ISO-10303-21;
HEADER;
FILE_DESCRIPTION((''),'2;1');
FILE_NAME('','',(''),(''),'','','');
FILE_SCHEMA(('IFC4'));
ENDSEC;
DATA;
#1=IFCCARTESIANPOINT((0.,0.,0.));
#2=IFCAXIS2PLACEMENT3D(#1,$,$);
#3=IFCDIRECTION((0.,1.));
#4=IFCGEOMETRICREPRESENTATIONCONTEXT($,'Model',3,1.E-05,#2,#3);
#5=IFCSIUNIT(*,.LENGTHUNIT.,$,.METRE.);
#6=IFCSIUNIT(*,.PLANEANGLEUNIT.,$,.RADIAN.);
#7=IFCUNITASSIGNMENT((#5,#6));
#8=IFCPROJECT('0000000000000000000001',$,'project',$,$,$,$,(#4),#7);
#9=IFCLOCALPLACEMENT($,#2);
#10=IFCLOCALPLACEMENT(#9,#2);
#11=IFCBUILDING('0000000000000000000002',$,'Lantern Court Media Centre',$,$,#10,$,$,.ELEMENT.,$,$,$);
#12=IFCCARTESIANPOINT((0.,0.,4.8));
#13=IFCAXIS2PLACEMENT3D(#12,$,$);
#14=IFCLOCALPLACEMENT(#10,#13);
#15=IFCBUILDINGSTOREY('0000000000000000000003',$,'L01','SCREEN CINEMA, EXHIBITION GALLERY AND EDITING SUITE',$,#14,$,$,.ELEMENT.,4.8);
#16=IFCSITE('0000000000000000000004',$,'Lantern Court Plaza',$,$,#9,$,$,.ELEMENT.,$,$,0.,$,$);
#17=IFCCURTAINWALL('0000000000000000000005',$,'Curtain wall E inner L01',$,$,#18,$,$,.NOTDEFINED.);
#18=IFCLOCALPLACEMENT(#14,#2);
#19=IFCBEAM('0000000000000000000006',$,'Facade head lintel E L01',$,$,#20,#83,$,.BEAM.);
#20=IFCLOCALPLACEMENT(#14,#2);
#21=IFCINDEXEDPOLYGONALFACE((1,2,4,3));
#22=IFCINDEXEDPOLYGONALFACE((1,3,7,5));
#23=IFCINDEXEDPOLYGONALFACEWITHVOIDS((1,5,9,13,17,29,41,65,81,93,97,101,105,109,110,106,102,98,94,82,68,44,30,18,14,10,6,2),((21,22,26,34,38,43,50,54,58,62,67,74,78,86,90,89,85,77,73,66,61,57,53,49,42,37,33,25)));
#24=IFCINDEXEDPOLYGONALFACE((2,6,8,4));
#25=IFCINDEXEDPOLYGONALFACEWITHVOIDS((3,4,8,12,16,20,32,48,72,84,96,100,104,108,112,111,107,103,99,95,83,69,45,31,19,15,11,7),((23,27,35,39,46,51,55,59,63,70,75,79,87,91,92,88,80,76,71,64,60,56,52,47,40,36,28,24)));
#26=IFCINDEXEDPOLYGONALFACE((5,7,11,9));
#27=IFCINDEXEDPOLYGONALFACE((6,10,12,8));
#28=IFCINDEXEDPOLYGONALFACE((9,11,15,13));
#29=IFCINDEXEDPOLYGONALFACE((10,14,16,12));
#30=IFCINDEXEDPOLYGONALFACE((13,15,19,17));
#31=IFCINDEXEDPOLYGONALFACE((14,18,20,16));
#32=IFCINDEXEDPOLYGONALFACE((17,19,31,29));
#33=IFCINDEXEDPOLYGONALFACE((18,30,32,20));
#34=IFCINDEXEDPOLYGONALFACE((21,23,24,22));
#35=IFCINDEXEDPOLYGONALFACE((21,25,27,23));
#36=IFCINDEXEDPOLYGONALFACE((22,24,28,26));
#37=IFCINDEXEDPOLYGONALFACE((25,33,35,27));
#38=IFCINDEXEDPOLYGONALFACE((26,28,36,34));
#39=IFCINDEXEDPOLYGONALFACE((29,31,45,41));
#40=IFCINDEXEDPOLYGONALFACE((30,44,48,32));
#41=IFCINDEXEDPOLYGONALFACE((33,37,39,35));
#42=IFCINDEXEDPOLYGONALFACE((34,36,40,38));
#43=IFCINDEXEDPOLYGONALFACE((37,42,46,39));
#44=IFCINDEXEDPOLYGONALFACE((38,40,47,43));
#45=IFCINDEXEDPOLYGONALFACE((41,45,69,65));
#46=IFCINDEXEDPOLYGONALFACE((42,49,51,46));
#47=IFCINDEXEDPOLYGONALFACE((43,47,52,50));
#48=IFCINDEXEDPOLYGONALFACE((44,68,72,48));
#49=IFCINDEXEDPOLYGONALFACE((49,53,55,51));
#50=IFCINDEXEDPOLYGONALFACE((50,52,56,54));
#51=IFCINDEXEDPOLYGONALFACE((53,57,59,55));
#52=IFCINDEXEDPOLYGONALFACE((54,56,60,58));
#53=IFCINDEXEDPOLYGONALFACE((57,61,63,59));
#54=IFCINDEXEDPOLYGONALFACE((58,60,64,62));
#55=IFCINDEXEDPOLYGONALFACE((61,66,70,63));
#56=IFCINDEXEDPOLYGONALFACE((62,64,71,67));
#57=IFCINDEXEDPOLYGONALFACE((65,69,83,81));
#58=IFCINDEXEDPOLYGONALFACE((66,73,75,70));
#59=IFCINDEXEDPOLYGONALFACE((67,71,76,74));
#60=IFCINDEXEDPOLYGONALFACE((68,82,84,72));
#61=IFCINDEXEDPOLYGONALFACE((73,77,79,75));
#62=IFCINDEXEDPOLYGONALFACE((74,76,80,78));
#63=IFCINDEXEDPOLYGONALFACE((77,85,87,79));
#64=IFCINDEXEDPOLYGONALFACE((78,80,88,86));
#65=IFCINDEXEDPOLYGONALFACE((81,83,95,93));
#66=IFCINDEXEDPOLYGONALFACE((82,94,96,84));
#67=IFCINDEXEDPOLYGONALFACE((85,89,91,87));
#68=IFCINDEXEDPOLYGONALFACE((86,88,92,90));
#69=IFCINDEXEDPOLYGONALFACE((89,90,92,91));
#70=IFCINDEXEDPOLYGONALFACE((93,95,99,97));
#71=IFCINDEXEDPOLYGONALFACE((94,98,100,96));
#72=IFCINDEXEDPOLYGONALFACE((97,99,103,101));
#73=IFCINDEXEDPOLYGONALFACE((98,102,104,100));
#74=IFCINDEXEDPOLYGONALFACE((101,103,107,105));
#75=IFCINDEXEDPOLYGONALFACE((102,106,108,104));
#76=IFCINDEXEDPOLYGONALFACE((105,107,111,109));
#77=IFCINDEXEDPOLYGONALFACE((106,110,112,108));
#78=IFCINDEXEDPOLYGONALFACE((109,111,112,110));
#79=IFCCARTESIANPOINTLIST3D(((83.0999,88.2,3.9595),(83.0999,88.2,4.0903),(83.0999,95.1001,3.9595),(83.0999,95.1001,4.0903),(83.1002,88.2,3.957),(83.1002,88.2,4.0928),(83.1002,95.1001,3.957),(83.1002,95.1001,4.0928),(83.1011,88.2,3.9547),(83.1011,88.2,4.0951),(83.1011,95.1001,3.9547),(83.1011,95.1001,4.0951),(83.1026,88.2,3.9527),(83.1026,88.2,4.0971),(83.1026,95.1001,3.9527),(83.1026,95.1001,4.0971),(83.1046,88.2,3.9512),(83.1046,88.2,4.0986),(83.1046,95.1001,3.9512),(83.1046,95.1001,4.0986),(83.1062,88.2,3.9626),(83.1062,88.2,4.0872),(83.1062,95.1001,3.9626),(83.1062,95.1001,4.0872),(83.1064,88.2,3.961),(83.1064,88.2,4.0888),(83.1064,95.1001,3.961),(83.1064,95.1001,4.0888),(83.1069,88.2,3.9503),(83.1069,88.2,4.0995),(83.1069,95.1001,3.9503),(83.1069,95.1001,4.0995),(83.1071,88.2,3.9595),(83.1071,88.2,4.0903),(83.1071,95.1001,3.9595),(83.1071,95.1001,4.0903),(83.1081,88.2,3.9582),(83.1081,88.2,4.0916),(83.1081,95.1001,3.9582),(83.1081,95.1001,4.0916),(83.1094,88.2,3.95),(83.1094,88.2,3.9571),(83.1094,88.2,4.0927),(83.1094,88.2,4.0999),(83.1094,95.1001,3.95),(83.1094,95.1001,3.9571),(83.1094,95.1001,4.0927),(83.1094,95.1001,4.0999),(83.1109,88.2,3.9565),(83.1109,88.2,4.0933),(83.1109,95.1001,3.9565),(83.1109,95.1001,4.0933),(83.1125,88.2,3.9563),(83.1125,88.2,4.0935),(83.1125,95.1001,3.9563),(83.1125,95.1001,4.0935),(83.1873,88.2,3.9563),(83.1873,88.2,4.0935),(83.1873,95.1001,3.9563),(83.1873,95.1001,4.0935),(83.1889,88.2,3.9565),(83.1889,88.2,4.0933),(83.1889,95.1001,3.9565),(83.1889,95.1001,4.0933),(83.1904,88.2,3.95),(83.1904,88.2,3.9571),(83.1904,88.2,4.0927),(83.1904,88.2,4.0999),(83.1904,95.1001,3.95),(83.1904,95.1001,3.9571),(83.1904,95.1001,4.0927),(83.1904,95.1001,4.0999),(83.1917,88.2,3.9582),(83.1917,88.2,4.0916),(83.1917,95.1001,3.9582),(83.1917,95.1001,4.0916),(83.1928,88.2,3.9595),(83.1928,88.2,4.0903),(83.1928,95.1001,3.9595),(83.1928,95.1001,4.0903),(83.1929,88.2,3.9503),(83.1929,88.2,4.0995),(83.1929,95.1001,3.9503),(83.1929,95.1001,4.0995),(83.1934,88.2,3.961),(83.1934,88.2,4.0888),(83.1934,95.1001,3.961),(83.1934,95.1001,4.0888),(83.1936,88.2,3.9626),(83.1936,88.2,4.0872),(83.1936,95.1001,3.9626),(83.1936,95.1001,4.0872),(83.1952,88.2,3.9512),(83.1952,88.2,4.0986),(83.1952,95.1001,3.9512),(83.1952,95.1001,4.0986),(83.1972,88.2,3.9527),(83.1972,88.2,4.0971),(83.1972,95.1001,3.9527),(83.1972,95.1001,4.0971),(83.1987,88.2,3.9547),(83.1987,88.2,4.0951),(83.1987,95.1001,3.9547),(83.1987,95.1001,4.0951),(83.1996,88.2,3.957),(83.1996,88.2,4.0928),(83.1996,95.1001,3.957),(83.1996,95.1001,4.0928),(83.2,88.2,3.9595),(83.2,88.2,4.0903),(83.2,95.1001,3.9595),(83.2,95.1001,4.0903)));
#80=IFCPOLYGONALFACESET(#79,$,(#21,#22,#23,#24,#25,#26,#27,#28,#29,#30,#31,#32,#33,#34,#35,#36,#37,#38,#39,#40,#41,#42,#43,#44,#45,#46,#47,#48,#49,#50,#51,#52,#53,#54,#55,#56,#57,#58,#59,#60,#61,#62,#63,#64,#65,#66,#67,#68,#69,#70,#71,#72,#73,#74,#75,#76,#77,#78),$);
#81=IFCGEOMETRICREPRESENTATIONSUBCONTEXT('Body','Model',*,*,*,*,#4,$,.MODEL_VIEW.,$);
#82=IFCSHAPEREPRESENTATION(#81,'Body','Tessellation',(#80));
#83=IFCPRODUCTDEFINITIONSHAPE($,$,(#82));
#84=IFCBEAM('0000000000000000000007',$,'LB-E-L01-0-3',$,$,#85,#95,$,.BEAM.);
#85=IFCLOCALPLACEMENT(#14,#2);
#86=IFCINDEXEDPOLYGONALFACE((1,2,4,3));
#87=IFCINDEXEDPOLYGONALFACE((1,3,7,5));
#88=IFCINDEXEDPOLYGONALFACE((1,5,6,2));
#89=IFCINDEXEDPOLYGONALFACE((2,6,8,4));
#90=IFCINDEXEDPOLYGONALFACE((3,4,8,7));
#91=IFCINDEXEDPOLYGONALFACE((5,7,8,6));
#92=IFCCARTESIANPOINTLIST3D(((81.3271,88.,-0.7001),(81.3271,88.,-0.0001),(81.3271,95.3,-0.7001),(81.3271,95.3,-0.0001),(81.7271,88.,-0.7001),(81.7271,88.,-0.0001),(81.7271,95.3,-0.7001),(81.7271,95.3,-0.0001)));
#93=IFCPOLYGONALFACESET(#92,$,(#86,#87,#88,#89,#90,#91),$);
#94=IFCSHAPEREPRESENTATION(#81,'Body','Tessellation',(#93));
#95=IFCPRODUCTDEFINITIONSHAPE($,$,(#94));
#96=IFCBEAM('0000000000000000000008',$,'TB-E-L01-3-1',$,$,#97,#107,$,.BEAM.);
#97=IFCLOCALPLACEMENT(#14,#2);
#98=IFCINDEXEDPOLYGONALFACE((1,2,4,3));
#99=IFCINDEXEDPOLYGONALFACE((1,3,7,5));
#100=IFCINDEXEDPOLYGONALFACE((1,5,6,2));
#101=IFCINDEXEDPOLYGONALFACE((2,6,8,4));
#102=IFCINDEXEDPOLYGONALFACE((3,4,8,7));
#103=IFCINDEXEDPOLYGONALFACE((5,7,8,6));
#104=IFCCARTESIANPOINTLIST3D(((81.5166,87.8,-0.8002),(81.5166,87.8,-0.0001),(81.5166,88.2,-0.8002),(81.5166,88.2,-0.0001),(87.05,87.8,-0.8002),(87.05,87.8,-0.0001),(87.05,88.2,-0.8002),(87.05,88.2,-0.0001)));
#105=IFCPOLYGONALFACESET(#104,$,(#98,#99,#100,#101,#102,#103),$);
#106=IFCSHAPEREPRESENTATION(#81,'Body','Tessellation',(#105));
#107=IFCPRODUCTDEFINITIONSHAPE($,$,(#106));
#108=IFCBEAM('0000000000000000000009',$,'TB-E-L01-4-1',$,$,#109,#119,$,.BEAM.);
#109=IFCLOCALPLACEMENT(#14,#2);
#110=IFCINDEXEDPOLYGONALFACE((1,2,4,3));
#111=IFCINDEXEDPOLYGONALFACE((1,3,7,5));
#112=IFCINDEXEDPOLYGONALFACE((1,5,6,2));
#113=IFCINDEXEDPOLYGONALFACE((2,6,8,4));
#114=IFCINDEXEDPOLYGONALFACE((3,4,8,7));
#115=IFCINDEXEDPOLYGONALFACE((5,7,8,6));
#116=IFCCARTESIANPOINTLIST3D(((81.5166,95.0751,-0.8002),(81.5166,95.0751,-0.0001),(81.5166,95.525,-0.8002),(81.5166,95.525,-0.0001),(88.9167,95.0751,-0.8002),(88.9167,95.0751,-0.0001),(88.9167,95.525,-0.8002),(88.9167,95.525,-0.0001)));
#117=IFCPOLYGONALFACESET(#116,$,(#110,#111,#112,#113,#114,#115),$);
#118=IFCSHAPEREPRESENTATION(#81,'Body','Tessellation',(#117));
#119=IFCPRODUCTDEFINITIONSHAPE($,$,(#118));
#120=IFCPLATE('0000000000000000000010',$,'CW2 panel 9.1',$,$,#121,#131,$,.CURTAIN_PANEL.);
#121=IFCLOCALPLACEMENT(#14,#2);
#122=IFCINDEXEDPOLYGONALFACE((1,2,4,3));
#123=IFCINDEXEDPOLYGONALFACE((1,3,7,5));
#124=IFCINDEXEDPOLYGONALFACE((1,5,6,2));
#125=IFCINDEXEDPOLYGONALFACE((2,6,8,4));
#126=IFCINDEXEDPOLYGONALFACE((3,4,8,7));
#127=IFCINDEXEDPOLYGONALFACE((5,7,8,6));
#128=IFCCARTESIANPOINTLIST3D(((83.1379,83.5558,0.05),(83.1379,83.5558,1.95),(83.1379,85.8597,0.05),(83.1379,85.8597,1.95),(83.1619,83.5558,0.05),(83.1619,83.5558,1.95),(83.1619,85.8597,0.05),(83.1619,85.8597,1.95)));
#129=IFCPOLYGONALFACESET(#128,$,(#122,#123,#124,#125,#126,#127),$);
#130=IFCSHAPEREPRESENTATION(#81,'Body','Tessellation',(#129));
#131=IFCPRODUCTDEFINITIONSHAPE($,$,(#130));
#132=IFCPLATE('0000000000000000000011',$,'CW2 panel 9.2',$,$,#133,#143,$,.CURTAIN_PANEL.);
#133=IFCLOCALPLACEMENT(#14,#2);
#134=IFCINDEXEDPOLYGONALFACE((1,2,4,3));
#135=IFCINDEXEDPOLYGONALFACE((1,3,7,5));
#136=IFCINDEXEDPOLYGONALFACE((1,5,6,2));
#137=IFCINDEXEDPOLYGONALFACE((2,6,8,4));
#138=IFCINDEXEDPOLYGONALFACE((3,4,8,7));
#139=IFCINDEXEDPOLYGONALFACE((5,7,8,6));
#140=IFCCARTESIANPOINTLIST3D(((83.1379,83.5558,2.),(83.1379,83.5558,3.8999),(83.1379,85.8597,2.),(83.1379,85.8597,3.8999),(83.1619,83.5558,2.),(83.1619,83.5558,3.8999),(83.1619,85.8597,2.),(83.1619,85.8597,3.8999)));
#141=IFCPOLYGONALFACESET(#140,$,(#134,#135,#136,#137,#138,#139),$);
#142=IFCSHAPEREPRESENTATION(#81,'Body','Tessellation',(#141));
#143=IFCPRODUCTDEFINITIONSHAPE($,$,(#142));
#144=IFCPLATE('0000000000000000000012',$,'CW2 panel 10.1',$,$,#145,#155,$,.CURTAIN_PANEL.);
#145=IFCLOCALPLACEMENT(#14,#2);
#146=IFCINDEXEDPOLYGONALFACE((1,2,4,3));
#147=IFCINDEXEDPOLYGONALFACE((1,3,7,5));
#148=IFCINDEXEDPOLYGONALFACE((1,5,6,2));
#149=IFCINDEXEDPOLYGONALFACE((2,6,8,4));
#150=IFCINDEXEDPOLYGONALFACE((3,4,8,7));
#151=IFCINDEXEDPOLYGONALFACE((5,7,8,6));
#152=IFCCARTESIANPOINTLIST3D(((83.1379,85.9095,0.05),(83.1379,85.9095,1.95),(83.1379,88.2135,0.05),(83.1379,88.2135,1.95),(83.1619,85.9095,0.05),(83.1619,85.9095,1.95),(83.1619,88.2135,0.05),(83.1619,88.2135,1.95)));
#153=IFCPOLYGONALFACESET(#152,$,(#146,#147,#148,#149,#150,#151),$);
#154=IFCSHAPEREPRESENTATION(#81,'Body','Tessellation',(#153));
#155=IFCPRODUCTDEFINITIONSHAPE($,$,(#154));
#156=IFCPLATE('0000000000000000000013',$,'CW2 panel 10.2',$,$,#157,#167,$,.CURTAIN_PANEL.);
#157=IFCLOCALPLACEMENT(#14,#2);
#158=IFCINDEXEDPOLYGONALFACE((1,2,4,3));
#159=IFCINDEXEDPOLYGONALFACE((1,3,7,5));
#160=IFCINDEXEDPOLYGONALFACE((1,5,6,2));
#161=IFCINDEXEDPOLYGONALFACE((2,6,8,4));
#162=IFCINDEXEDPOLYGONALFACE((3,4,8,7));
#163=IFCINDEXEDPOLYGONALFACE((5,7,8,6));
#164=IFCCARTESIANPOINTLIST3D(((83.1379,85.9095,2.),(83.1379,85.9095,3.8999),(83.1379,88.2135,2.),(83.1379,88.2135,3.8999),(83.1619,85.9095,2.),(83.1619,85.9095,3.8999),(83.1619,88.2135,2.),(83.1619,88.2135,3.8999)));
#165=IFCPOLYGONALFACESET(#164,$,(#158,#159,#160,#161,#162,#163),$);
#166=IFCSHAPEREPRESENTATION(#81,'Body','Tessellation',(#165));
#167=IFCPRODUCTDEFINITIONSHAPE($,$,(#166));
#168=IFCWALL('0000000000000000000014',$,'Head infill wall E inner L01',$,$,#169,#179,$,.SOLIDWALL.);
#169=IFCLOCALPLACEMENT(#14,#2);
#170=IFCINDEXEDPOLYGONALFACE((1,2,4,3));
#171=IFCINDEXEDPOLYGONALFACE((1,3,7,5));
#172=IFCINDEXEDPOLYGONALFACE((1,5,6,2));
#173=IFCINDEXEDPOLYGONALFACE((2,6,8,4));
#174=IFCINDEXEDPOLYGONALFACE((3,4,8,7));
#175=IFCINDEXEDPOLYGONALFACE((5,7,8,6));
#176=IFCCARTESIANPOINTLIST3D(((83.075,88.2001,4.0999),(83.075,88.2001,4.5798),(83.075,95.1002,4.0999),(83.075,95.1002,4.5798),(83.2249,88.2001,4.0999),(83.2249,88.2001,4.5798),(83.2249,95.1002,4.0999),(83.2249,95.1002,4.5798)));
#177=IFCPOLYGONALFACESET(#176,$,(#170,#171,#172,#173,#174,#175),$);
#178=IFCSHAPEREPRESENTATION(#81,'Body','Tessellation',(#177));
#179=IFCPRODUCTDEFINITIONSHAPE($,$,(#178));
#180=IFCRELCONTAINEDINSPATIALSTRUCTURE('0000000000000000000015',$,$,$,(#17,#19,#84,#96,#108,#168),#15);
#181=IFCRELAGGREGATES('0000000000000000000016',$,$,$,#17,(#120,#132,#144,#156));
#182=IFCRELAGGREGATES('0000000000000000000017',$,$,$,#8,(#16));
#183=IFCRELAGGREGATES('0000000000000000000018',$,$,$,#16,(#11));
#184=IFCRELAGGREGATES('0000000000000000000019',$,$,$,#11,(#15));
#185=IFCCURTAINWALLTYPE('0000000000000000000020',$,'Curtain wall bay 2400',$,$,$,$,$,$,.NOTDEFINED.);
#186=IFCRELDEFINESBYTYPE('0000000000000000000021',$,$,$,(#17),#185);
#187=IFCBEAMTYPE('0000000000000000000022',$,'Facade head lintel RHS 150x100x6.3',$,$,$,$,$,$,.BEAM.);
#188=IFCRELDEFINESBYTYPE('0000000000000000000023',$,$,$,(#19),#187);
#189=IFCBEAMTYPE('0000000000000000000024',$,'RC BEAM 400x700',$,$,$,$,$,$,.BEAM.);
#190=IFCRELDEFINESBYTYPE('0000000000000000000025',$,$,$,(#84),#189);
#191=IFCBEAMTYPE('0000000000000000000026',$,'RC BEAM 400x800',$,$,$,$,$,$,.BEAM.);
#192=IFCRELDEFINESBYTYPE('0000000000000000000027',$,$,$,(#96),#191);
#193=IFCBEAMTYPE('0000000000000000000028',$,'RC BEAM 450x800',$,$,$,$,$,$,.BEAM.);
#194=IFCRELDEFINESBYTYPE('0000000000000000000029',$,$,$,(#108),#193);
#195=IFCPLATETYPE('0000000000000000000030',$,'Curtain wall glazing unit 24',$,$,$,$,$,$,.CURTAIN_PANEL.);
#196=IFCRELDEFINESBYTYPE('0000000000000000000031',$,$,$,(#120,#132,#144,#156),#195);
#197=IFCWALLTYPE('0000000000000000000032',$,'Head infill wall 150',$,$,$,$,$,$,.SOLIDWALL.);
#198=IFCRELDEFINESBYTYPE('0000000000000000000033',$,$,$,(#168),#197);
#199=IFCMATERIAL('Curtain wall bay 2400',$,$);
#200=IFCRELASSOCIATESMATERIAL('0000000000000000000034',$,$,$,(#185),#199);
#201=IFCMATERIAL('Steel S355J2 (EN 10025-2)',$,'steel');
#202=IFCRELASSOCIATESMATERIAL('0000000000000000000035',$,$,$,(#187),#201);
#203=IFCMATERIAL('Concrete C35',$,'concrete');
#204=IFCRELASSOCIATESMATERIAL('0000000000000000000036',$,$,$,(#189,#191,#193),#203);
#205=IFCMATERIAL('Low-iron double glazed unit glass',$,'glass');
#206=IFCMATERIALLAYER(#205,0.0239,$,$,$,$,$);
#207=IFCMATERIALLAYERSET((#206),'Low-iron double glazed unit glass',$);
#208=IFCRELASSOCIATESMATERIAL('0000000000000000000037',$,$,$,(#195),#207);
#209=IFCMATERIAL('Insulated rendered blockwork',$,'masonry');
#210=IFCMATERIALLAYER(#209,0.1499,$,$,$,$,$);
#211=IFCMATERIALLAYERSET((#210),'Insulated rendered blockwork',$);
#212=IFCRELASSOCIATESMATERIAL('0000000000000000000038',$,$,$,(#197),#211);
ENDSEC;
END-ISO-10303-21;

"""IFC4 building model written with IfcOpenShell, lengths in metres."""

from ifc_helpers import new_model, si_unit, direction, frame, frame_2d, origin, origin_2d, place, context, subcontext, project, spatial, rectangle, hollow_rectangle, extrude, material, layer, layer_set, material_profile, profile_set, type_object, element, aggregate, save


model = new_model("IFC4")

# Units and contexts
model_context = context("Model", 3, precision=1e-05, world=origin(), true_north=direction((0.0, 1.0)))
body_context = subcontext(model_context, "Body", "Model", "MODEL_VIEW")
ifc_project = project(units=[si_unit("LENGTHUNIT", "METRE"), si_unit("PLANEANGLEUNIT", "RADIAN")], contexts=[model_context])

# Site, building, storey
site_placement = place(None, origin())
site = spatial("IfcSite", under=ifc_project, at=site_placement, Name="Lantern Court Plaza", CompositionType="ELEMENT", RefElevation=0.0)
building_placement = place(site_placement, origin())
building = spatial("IfcBuilding", under=site, at=building_placement, Name="Lantern Court Media Centre", CompositionType="ELEMENT")
storey_placement = place(building_placement, frame((0.0, 0.0, 4.8)))
storey = spatial("IfcBuildingStorey", under=building, at=storey_placement, Name="L01", Description="SCREEN CINEMA, EXHIBITION GALLERY AND EDITING SUITE", CompositionType="ELEMENT", Elevation=4.8)

# Shared definitions
ifc_material_1 = material(Name="Concrete C35", Category="concrete")

# Curtain wall
ifc_material_2 = material(Name="Curtain wall bay 2400")
curtain_wall_type = type_object("IfcCurtainWallType", Name="Curtain wall bay 2400", PredefinedType="NOTDEFINED", material=ifc_material_2)
curtain_wall_placement = place(storey_placement, origin())
curtain_wall = element("IfcCurtainWall", 1, at=curtain_wall_placement, inside=storey, type_object=curtain_wall_type, Name="Curtain wall E inner L01", PredefinedType="NOTDEFINED")

# Beams
ifc_material_3 = material(Name="Steel S355J2 (EN 10025-2)", Category="steel")
ifc_material_profile_1 = material_profile(ifc_material_3, hollow_rectangle(XDim=0.1001, YDim=0.1499, WallThickness=0.0063, InnerFilletRadius=0.0063, OuterFilletRadius=0.0095, at=origin_2d()), Name="Facade head lintel RHS 150x100x6.3")
ifc_profile_set_1 = profile_set([ifc_material_profile_1], Name="Steel S355J2 (EN 10025-2)")
beam_type_1 = type_object("IfcBeamType", Name="Facade head lintel RHS 150x100x6.3", PredefinedType="BEAM", material=ifc_profile_set_1)
beam_1_placement = place(storey_placement, frame((83.1499, 88.2, 4.0249), z_axis=(0.0, 1.0, 0.0), x_axis=(-1.0, 0.0, 0.0)))
element("IfcBeam", 2, at=beam_1_placement, inside=storey, type_object=beam_type_1, Name="Facade head lintel E L01", PredefinedType="BEAM", context=body_context, shape_type="SweptSolid", body=[
    extrude(hollow_rectangle(XDim=0.1001, YDim=0.1499, WallThickness=0.0063, InnerFilletRadius=0.0063, OuterFilletRadius=0.0095, at=origin_2d()), origin(), (0.0, 0.0, 1.0), 6.9001),
])
ifc_material_profile_2 = material_profile(ifc_material_1, rectangle(XDim=0.3999, YDim=0.7, at=origin_2d()), Name="RC 400x700")
ifc_profile_set_2 = profile_set([ifc_material_profile_2], Name="Concrete C35")
beam_type_2 = type_object("IfcBeamType", Name="RC BEAM 400x700", PredefinedType="BEAM", material=ifc_profile_set_2)
beam_2_placement = place(storey_placement, frame((81.5271, 88.0, -0.3501), z_axis=(0.0, 1.0, 0.0), x_axis=(-1.0, 0.0, 0.0)))
element("IfcBeam", 3, at=beam_2_placement, inside=storey, type_object=beam_type_2, Name="LB-E-L01-0-3", PredefinedType="BEAM", context=body_context, shape_type="SweptSolid", body=[
    extrude(rectangle(XDim=0.3999, YDim=0.7, at=origin_2d()), origin(), (0.0, 0.0, 1.0), 7.3),
])
ifc_material_profile_3 = material_profile(ifc_material_1, rectangle(XDim=0.3999, YDim=0.8, at=origin_2d()), Name="RC 400x800")
ifc_profile_set_3 = profile_set([ifc_material_profile_3], Name="Concrete C35")
beam_type_3 = type_object("IfcBeamType", Name="RC BEAM 400x800", PredefinedType="BEAM", material=ifc_profile_set_3)
beam_3_placement = place(storey_placement, frame((81.5166, 88.0, -0.4001), z_axis=(1.0, 0.0, 0.0), x_axis=(0.0, 1.0, 0.0)))
element("IfcBeam", 4, at=beam_3_placement, inside=storey, type_object=beam_type_3, Name="TB-E-L01-3-1", PredefinedType="BEAM", context=body_context, shape_type="SweptSolid", body=[
    extrude(rectangle(XDim=0.3999, YDim=0.8, at=origin_2d()), origin(), (0.0, 0.0, 1.0), 5.5334),
])
ifc_material_profile_4 = material_profile(ifc_material_1, rectangle(XDim=0.45, YDim=0.8, at=origin_2d()), Name="RC 450x800")
ifc_profile_set_4 = profile_set([ifc_material_profile_4], Name="Concrete C35")
beam_type_4 = type_object("IfcBeamType", Name="RC BEAM 450x800", PredefinedType="BEAM", material=ifc_profile_set_4)
beam_4_placement = place(storey_placement, frame((81.5166, 95.3, -0.4001), z_axis=(1.0, 0.0, 0.0), x_axis=(0.0, 1.0, 0.0)))
element("IfcBeam", 5, at=beam_4_placement, inside=storey, type_object=beam_type_4, Name="TB-E-L01-4-1", PredefinedType="BEAM", context=body_context, shape_type="SweptSolid", body=[
    extrude(rectangle(XDim=0.45, YDim=0.8, at=origin_2d()), origin(), (0.0, 0.0, 1.0), 7.4001),
])

# Plates
ifc_material_4 = material(Name="Low-iron double glazed unit glass", Category="glass")
ifc_layer_1 = layer(ifc_material_4, 0.0239)
ifc_layer_set_1 = layer_set([ifc_layer_1], Name="Low-iron double glazed unit glass")
plate_type = type_object("IfcPlateType", Name="Curtain wall glazing unit 24", PredefinedType="CURTAIN_PANEL", material=ifc_layer_set_1)
plate_1_placement = place(storey_placement, frame((83.1499, 84.7078, 0.05), z_axis=(0.0, 0.0, 1.0), x_axis=(0.0, 1.0, 0.0)))
plate_1 = element("IfcPlate", 6, at=plate_1_placement, type_object=plate_type, Name="CW2 panel 9.1", PredefinedType="CURTAIN_PANEL", context=body_context, shape_type="SweptSolid", body=[
    extrude(rectangle(XDim=2.304, YDim=0.0239, at=origin_2d()), origin(), (0.0, 0.0, 1.0), 1.8999),
])
plate_2_placement = place(storey_placement, frame((83.1499, 84.7078, 2.0), z_axis=(0.0, 0.0, 1.0), x_axis=(0.0, 1.0, 0.0)))
plate_2 = element("IfcPlate", 7, at=plate_2_placement, type_object=plate_type, Name="CW2 panel 9.2", PredefinedType="CURTAIN_PANEL", context=body_context, shape_type="SweptSolid", body=[
    extrude(rectangle(XDim=2.304, YDim=0.0239, at=origin_2d()), origin(), (0.0, 0.0, 1.0), 1.8999),
])
plate_3_placement = place(storey_placement, frame((83.1499, 87.0615, 0.05), z_axis=(0.0, 0.0, 1.0), x_axis=(0.0, 1.0, 0.0)))
plate_3 = element("IfcPlate", 8, at=plate_3_placement, type_object=plate_type, Name="CW2 panel 10.1", PredefinedType="CURTAIN_PANEL", context=body_context, shape_type="SweptSolid", body=[
    extrude(rectangle(XDim=2.304, YDim=0.0239, at=origin_2d()), origin(), (0.0, 0.0, 1.0), 1.8999),
])
plate_4_placement = place(storey_placement, frame((83.1499, 87.0615, 2.0), z_axis=(0.0, 0.0, 1.0), x_axis=(0.0, 1.0, 0.0)))
plate_4 = element("IfcPlate", 9, at=plate_4_placement, type_object=plate_type, Name="CW2 panel 10.2", PredefinedType="CURTAIN_PANEL", context=body_context, shape_type="SweptSolid", body=[
    extrude(rectangle(XDim=2.304, YDim=0.0239, at=origin_2d()), origin(), (0.0, 0.0, 1.0), 1.8999),
])
aggregate(curtain_wall, [plate_1, plate_2, plate_3, plate_4])

# Wall
ifc_material_5 = material(Name="Insulated rendered blockwork", Category="masonry")
ifc_layer_2 = layer(ifc_material_5, 0.1499)
ifc_layer_set_2 = layer_set([ifc_layer_2], Name="Insulated rendered blockwork")
wall_type = type_object("IfcWallType", Name="Head infill wall 150", PredefinedType="SOLIDWALL", material=ifc_layer_set_2)
wall_placement = place(storey_placement, frame((83.1499, 88.2, 4.0999), z_axis=(0.0, 0.0, 1.0), x_axis=(0.0, 1.0, 0.0)))
element("IfcWall", 10, at=wall_placement, inside=storey, type_object=wall_type, Name="Head infill wall E inner L01", PredefinedType="SOLIDWALL", context=body_context, shape_type="SweptSolid", body=[
    extrude(rectangle(XDim=6.9001, YDim=0.1499, at=frame_2d((3.4502, 0.0))), origin(), (0.0, 0.0, 1.0), 0.48),
])

save(model, "model.ifc")
